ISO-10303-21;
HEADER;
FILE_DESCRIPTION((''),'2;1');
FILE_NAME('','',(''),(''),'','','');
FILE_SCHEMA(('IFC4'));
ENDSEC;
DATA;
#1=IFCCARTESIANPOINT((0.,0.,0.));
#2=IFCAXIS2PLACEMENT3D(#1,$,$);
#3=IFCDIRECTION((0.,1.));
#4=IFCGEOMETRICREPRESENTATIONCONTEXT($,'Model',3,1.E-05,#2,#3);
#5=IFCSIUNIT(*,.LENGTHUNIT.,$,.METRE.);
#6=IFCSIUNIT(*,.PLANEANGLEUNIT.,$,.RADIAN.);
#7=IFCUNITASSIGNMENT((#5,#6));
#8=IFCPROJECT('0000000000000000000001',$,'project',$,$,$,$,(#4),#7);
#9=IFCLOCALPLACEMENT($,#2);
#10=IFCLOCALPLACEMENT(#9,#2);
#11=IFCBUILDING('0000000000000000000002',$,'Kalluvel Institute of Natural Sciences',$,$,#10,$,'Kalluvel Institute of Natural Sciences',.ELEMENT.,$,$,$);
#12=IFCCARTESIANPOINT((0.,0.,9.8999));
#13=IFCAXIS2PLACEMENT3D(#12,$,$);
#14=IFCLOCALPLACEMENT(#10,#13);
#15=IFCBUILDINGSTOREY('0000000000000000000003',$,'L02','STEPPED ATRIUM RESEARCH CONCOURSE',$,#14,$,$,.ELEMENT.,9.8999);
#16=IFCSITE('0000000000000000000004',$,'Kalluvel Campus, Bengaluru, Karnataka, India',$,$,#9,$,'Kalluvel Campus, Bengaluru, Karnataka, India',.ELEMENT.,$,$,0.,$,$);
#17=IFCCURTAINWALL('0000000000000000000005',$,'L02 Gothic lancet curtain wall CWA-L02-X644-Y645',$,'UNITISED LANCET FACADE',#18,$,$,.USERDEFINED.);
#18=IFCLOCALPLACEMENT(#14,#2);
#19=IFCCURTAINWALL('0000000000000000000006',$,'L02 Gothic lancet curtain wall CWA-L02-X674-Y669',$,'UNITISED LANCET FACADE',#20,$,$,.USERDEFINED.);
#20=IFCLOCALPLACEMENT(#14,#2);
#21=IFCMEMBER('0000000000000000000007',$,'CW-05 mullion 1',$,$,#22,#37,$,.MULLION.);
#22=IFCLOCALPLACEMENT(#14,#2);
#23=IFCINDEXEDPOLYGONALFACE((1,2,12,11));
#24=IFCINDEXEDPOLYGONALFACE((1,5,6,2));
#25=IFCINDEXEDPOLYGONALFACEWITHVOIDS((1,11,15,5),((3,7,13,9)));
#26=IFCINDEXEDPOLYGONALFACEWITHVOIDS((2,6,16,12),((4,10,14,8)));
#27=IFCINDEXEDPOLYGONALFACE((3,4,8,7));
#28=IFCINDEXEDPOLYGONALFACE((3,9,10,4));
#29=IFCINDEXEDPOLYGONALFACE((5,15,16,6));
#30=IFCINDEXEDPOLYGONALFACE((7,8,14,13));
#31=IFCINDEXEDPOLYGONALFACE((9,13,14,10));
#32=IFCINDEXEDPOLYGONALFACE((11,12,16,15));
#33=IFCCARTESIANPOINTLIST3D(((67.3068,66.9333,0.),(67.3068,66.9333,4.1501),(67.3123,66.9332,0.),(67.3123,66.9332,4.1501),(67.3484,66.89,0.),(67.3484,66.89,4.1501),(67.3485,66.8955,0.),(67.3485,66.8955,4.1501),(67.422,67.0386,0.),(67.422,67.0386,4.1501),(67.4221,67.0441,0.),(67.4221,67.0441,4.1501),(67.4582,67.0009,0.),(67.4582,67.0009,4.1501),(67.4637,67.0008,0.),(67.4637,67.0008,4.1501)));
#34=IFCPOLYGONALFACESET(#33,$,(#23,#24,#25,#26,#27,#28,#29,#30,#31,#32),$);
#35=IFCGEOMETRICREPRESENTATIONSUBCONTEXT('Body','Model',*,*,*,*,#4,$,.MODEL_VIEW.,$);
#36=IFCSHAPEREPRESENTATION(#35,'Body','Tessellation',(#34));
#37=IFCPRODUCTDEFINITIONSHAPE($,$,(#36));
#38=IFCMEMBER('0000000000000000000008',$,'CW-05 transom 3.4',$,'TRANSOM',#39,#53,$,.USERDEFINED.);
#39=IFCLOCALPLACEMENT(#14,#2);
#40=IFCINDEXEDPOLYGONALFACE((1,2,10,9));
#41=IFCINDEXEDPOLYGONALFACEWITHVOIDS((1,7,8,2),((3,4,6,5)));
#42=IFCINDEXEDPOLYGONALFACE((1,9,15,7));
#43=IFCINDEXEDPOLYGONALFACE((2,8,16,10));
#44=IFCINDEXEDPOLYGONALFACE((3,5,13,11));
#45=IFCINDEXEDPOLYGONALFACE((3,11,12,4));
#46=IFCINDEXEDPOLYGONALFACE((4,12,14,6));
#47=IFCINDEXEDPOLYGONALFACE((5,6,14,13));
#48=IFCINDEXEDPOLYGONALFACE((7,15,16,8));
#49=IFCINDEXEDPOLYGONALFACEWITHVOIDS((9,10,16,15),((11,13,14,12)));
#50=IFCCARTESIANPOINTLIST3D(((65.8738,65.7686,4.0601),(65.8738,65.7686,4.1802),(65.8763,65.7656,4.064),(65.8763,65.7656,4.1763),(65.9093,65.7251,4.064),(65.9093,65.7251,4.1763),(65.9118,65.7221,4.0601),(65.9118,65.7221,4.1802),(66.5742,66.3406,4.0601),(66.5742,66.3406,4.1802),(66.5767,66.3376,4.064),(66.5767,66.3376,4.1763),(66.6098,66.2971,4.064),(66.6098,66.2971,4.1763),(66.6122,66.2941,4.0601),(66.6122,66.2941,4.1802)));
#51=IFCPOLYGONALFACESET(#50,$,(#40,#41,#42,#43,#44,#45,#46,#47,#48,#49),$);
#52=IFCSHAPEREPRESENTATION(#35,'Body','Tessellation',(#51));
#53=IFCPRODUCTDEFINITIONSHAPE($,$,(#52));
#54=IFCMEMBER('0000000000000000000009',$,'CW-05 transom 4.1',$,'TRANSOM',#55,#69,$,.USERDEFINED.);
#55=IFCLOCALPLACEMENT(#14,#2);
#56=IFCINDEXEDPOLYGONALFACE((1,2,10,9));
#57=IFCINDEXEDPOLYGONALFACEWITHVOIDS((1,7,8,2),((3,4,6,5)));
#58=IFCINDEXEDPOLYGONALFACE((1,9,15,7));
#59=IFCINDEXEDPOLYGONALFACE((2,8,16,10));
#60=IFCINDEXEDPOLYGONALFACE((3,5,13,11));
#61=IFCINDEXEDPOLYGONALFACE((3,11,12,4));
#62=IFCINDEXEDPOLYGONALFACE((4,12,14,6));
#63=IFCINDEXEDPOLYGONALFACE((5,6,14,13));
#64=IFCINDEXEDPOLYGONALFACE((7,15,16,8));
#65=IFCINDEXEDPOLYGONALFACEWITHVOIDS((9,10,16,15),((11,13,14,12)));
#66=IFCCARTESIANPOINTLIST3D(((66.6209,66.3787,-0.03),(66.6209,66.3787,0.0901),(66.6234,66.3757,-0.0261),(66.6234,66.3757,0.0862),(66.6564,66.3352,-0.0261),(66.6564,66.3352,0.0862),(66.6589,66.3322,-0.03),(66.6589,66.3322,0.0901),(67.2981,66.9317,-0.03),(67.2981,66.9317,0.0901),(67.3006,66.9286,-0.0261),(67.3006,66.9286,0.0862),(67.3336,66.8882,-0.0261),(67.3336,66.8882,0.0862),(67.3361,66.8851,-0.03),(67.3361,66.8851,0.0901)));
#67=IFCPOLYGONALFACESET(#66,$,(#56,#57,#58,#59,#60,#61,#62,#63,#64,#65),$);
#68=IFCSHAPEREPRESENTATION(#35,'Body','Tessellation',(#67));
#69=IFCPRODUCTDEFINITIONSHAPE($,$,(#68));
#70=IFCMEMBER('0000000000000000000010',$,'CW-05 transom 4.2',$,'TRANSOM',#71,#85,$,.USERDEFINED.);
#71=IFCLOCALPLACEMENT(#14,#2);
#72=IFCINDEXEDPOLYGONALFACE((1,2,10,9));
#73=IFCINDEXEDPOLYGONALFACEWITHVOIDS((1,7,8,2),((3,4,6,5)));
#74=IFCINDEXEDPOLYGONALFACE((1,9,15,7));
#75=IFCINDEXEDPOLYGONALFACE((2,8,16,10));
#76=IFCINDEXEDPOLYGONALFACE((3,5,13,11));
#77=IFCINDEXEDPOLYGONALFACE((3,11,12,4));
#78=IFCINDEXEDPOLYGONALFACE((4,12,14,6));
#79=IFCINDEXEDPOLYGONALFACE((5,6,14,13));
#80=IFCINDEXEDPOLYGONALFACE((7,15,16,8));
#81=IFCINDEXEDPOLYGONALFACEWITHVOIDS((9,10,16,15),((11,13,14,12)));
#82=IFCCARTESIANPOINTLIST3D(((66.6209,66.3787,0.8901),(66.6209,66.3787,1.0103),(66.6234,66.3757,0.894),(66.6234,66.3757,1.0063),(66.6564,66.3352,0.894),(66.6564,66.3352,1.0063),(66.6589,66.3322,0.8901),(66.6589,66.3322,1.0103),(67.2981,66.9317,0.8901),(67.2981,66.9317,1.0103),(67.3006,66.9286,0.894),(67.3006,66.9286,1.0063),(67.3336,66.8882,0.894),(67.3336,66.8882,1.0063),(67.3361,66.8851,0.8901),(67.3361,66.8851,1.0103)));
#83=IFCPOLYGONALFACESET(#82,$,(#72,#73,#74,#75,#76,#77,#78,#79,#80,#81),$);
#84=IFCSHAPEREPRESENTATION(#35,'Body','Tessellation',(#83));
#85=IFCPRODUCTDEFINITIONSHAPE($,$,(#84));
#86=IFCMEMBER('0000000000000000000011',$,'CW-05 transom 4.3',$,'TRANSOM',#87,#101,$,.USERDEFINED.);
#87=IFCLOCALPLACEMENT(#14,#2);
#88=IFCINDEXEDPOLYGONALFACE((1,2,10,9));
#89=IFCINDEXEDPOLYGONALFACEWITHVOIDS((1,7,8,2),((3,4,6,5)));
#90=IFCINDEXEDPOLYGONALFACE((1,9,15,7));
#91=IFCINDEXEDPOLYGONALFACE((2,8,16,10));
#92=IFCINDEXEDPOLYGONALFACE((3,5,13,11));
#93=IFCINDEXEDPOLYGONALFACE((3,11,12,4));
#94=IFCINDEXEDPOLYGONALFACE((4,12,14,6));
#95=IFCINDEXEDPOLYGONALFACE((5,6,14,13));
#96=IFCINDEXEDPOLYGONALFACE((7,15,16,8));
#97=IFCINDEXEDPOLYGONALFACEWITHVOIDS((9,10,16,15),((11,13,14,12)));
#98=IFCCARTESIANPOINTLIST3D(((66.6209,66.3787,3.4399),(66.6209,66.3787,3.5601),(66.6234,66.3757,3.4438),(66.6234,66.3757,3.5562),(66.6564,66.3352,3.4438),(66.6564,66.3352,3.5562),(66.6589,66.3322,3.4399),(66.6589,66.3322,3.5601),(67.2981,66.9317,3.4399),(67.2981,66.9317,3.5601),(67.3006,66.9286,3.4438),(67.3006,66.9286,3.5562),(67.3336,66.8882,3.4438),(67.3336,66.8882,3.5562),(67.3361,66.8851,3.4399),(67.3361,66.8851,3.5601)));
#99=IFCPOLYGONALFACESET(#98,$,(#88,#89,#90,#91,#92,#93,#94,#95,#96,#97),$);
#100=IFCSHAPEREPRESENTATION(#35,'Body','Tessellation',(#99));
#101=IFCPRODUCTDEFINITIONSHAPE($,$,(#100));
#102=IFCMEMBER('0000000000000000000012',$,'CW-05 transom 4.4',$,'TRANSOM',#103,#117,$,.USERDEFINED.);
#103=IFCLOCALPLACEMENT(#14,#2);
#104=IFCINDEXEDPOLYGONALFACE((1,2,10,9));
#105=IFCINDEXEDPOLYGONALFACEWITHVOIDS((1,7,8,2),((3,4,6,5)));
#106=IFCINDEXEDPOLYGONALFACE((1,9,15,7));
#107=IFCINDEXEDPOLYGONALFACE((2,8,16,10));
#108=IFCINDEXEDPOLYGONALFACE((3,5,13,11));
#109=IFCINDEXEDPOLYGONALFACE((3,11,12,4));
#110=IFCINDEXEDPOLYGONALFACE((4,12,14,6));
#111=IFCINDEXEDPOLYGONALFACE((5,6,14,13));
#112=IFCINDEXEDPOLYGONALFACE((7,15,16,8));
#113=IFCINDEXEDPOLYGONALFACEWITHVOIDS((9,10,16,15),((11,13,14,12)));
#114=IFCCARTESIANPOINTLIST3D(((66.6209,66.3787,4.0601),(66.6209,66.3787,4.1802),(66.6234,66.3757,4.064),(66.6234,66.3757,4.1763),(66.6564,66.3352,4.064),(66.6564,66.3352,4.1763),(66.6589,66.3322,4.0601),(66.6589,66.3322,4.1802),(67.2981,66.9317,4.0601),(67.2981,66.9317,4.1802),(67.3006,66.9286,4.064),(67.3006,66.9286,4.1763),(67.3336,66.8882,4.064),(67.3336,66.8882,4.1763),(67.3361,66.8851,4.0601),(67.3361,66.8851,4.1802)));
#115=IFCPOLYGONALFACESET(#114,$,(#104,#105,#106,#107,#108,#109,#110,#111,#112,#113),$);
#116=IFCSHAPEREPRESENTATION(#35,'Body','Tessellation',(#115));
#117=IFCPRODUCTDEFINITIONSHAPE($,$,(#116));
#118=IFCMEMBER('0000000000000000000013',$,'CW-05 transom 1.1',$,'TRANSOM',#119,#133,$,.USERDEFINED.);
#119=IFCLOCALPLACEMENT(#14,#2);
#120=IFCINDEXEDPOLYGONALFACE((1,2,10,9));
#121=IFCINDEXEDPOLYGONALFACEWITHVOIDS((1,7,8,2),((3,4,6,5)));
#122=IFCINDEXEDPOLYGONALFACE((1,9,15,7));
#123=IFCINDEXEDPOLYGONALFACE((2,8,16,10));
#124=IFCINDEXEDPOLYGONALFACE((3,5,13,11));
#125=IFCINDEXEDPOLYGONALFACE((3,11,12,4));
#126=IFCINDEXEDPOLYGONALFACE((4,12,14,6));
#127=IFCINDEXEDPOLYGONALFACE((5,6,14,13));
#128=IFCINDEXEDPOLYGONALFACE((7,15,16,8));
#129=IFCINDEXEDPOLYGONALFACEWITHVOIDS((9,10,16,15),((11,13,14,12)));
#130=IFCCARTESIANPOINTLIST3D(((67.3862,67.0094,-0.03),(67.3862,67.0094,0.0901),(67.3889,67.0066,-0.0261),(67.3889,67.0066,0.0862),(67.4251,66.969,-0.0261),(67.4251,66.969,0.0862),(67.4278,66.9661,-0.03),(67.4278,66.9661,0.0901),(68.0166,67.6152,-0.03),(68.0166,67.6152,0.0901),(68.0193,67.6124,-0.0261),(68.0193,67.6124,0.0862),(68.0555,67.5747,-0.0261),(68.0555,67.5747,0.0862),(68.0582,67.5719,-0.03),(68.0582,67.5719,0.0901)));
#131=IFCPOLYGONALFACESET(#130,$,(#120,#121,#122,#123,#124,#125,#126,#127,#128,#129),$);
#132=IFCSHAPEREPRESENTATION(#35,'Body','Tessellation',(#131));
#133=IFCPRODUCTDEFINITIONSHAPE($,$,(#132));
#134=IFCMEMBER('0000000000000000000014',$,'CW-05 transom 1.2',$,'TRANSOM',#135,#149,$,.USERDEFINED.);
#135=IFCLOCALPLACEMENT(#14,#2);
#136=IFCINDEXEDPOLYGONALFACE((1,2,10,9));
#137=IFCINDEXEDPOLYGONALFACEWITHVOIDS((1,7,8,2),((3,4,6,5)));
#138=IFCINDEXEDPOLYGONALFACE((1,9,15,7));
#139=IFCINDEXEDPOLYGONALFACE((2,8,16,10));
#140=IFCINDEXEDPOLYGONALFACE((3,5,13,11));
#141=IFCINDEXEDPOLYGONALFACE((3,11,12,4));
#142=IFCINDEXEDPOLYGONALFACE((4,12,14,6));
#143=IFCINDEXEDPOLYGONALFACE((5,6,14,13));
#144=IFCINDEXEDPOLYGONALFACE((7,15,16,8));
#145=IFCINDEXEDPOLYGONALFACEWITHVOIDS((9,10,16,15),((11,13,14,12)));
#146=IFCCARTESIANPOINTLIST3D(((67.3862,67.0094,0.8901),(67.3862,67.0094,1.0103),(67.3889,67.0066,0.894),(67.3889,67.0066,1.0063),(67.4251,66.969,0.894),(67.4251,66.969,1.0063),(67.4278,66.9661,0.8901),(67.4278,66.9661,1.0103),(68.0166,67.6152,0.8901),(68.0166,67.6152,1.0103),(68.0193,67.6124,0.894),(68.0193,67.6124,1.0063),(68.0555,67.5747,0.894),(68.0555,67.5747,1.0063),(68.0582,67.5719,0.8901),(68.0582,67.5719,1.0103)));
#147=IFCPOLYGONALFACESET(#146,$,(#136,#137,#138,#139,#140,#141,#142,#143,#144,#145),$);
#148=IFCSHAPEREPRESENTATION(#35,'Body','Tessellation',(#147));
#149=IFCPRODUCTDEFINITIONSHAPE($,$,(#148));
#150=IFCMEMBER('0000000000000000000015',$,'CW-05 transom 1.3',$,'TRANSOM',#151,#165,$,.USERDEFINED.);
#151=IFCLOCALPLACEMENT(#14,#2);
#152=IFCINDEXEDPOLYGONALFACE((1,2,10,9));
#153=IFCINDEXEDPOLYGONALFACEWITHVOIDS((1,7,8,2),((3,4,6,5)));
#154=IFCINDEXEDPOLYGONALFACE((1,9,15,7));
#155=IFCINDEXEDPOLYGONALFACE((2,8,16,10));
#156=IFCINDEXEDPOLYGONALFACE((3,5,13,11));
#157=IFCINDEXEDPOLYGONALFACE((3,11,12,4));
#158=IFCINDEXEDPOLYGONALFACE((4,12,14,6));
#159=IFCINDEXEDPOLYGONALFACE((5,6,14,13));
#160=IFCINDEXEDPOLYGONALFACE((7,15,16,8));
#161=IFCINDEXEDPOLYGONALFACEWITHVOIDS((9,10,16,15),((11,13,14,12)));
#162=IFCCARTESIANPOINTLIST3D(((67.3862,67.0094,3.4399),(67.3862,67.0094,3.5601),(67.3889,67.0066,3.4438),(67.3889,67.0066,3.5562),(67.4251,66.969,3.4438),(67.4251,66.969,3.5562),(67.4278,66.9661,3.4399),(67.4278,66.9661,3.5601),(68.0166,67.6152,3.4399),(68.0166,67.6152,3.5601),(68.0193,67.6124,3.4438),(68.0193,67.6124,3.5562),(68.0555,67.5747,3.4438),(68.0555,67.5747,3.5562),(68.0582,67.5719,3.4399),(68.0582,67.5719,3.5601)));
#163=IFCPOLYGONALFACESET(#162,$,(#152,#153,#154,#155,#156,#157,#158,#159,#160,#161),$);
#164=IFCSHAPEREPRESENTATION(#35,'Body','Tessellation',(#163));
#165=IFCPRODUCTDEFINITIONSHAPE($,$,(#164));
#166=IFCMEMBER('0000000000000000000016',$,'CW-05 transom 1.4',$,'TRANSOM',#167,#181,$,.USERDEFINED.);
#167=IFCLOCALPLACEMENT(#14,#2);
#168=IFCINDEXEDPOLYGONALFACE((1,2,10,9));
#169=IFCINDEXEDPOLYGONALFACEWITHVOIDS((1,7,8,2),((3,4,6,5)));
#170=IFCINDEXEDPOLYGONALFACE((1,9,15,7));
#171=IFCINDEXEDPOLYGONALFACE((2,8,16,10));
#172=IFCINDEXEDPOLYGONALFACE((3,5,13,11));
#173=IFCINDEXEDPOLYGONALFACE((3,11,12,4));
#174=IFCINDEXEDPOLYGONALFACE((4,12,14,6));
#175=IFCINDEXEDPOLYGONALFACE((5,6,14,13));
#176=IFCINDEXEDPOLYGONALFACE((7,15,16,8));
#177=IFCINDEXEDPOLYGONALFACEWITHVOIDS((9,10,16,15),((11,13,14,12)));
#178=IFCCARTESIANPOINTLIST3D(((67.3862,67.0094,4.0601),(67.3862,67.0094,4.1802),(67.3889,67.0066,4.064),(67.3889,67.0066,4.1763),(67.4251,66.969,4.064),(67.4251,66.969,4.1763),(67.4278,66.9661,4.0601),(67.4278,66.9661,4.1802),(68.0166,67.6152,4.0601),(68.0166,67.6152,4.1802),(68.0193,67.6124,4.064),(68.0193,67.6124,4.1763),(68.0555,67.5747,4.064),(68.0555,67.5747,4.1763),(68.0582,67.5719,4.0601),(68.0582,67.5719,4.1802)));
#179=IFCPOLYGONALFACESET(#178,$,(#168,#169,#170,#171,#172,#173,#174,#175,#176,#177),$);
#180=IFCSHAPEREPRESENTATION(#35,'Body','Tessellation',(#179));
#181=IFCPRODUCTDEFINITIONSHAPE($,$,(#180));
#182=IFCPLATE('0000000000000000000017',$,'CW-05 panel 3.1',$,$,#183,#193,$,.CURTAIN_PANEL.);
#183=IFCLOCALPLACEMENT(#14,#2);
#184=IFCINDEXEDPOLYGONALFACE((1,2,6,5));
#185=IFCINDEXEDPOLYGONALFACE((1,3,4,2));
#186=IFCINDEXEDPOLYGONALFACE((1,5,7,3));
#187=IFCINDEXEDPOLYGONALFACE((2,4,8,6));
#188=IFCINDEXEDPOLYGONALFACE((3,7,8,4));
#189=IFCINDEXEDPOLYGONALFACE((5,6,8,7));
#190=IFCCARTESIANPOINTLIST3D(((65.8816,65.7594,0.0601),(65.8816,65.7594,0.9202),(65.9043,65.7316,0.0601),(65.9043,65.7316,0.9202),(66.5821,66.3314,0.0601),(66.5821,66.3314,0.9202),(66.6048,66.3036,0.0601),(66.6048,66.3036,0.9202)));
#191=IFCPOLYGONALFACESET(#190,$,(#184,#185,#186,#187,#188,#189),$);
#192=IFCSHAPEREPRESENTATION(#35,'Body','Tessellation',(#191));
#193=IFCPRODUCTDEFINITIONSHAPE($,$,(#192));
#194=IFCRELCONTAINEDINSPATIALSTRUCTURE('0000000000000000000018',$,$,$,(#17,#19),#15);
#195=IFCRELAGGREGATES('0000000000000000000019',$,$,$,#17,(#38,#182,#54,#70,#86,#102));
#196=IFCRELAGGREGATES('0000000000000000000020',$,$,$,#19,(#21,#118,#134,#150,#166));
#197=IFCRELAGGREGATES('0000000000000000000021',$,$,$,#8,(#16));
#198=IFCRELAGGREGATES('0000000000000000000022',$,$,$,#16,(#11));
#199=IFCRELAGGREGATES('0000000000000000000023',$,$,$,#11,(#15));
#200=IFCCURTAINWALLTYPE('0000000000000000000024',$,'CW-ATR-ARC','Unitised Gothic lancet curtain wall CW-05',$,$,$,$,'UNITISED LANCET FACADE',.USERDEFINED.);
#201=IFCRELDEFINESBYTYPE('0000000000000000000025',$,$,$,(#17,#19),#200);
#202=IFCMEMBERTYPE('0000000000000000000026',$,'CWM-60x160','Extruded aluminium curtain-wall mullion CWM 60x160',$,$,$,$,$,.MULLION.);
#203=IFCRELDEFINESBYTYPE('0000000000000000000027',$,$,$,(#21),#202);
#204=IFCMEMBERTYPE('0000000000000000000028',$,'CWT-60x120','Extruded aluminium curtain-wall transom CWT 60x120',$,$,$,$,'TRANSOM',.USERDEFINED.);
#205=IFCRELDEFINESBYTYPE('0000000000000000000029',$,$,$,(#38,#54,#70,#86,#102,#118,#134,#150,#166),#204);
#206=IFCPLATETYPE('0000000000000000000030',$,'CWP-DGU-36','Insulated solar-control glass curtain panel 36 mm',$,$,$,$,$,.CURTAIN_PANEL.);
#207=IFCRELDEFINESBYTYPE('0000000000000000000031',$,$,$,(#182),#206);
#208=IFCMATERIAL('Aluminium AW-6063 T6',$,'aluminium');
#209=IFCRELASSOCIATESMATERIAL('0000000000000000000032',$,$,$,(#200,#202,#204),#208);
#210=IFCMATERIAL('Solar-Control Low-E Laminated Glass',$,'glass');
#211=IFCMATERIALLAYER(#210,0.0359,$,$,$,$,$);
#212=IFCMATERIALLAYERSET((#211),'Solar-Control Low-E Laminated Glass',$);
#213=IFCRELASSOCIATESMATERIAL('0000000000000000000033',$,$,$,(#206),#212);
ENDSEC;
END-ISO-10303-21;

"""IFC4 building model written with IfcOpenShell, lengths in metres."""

from ifc_helpers import new_model, si_unit, direction, frame, origin, origin_2d, place, context, subcontext, project, spatial, rectangle, hollow_rectangle, extrude, material, layer, layer_set, material_profile, profile_set, type_object, element, aggregate, save


model = new_model("IFC4")

# Units and contexts
model_context = context("Model", 3, precision=1e-05, world=origin(), true_north=direction((0.0, 1.0)))
body_context = subcontext(model_context, "Body", "Model", "MODEL_VIEW")
ifc_project = project(units=[si_unit("LENGTHUNIT", "METRE"), si_unit("PLANEANGLEUNIT", "RADIAN")], contexts=[model_context])

# Site, building, storey
site_placement = place(None, origin())
site = spatial("IfcSite", under=ifc_project, at=site_placement, Name="Kalluvel Campus, Bengaluru, Karnataka, India", LongName="Kalluvel Campus, Bengaluru, Karnataka, India", CompositionType="ELEMENT", RefElevation=0.0)
building_placement = place(site_placement, origin())
building = spatial("IfcBuilding", under=site, at=building_placement, Name="Kalluvel Institute of Natural Sciences", LongName="Kalluvel Institute of Natural Sciences", CompositionType="ELEMENT")
storey_placement = place(building_placement, frame((0.0, 0.0, 9.8999)))
storey = spatial("IfcBuildingStorey", under=building, at=storey_placement, Name="L02", Description="STEPPED ATRIUM RESEARCH CONCOURSE", CompositionType="ELEMENT", Elevation=9.8999)

# Curtain wall
ifc_material_1 = material(Name="Aluminium AW-6063 T6", Category="aluminium")
curtain_wall_type = type_object("IfcCurtainWallType", Name="CW-ATR-ARC", Description="Unitised Gothic lancet curtain wall CW-05", ElementType="UNITISED LANCET FACADE", PredefinedType="USERDEFINED", material=ifc_material_1)
curtain_wall_1_placement = place(storey_placement, origin())
curtain_wall_1 = element("IfcCurtainWall", 1, at=curtain_wall_1_placement, inside=storey, type_object=curtain_wall_type, Name="L02 Gothic lancet curtain wall CWA-L02-X644-Y645", ObjectType="UNITISED LANCET FACADE", PredefinedType="USERDEFINED")
ifc_material_profile_1 = material_profile(ifc_material_1, hollow_rectangle(XDim=0.0601, YDim=0.1599, WallThickness=0.0039, at=origin_2d()), Name="CWM 60x160")
ifc_profile_set_1 = profile_set([ifc_material_profile_1], Name="Aluminium AW-6063 T6")
member_type_1 = type_object("IfcMemberType", Name="CWM-60x160", Description="Extruded aluminium curtain-wall mullion CWM 60x160", PredefinedType="MULLION", material=ifc_profile_set_1)

# Curtain wall, member
curtain_wall_2_placement = place(storey_placement, origin())
curtain_wall_2 = element("IfcCurtainWall", 2, at=curtain_wall_2_placement, inside=storey, type_object=curtain_wall_type, Name="L02 Gothic lancet curtain wall CWA-L02-X674-Y669", ObjectType="UNITISED LANCET FACADE", PredefinedType="USERDEFINED")
member_1_placement = place(storey_placement, frame((67.3853, 66.967, 0.0), z_axis=(0.0, 0.0, 1.0), x_axis=(-0.692731, 0.721196, 0.0)))
member_1 = element("IfcMember", 3, at=member_1_placement, type_object=member_type_1, Name="CW-05 mullion 1", PredefinedType="MULLION", context=body_context, shape_type="SweptSolid", body=[
    extrude(hollow_rectangle(XDim=0.0601, YDim=0.1599, WallThickness=0.0039, at=origin_2d()), origin(), (0.0, 0.0, 1.0), 4.1501),
])

# Members
ifc_material_profile_2 = material_profile(ifc_material_1, hollow_rectangle(XDim=0.0601, YDim=0.1201, WallThickness=0.0039, at=origin_2d()), Name="CWT 60x120")
ifc_profile_set_2 = profile_set([ifc_material_profile_2], Name="Aluminium AW-6063 T6")
member_type_2 = type_object("IfcMemberType", Name="CWT-60x120", Description="Extruded aluminium curtain-wall transom CWT 60x120", ElementType="TRANSOM", PredefinedType="USERDEFINED", material=ifc_profile_set_2)
member_2_placement = place(storey_placement, frame((65.8928, 65.7454, 4.1201), z_axis=(0.774534, 0.632532, 0.0), x_axis=(-0.632532, 0.774534, 0.0)))
member_2 = element("IfcMember", 4, at=member_2_placement, type_object=member_type_2, Name="CW-05 transom 3.4", ObjectType="TRANSOM", PredefinedType="USERDEFINED", context=body_context, shape_type="SweptSolid", body=[
    extrude(hollow_rectangle(XDim=0.0601, YDim=0.1201, WallThickness=0.0039, at=origin_2d()), origin(), (0.0, 0.0, 1.0), 0.9043),
])
member_3_placement = place(storey_placement, frame((66.6399, 66.3555, 0.03), z_axis=(0.774591, 0.632462, 0.0), x_axis=(-0.632462, 0.774591, 0.0)))
member_3 = element("IfcMember", 5, at=member_3_placement, type_object=member_type_2, Name="CW-05 transom 4.1", ObjectType="TRANSOM", PredefinedType="USERDEFINED", context=body_context, shape_type="SweptSolid", body=[
    extrude(hollow_rectangle(XDim=0.0601, YDim=0.1201, WallThickness=0.0039, at=origin_2d()), origin(), (0.0, 0.0, 1.0), 0.8743),
])
member_4_placement = place(storey_placement, frame((66.6399, 66.3555, 0.9502), z_axis=(0.774591, 0.632462, 0.0), x_axis=(-0.632462, 0.774591, 0.0)))
member_4 = element("IfcMember", 6, at=member_4_placement, type_object=member_type_2, Name="CW-05 transom 4.2", ObjectType="TRANSOM", PredefinedType="USERDEFINED", context=body_context, shape_type="SweptSolid", body=[
    extrude(hollow_rectangle(XDim=0.0601, YDim=0.1201, WallThickness=0.0039, at=origin_2d()), origin(), (0.0, 0.0, 1.0), 0.8743),
])
member_5_placement = place(storey_placement, frame((66.6399, 66.3555, 3.5), z_axis=(0.774591, 0.632462, 0.0), x_axis=(-0.632462, 0.774591, 0.0)))
member_5 = element("IfcMember", 7, at=member_5_placement, type_object=member_type_2, Name="CW-05 transom 4.3", ObjectType="TRANSOM", PredefinedType="USERDEFINED", context=body_context, shape_type="SweptSolid", body=[
    extrude(hollow_rectangle(XDim=0.0601, YDim=0.1201, WallThickness=0.0039, at=origin_2d()), origin(), (0.0, 0.0, 1.0), 0.8743),
])
member_6_placement = place(storey_placement, frame((66.6399, 66.3555, 4.1201), z_axis=(0.774591, 0.632462, 0.0), x_axis=(-0.632462, 0.774591, 0.0)))
member_6 = element("IfcMember", 8, at=member_6_placement, type_object=member_type_2, Name="CW-05 transom 4.4", ObjectType="TRANSOM", PredefinedType="USERDEFINED", context=body_context, shape_type="SweptSolid", body=[
    extrude(hollow_rectangle(XDim=0.0601, YDim=0.1201, WallThickness=0.0039, at=origin_2d()), origin(), (0.0, 0.0, 1.0), 0.8743),
])
member_7_placement = place(storey_placement, frame((67.407, 66.9878, 0.03), z_axis=(0.721069, 0.692863, 0.0), x_axis=(-0.692863, 0.721069, 0.0)))
member_7 = element("IfcMember", 9, at=member_7_placement, type_object=member_type_2, Name="CW-05 transom 1.1", ObjectType="TRANSOM", PredefinedType="USERDEFINED", context=body_context, shape_type="SweptSolid", body=[
    extrude(hollow_rectangle(XDim=0.0601, YDim=0.1201, WallThickness=0.0039, at=origin_2d()), origin(), (0.0, 0.0, 1.0), 0.8743),
])
member_8_placement = place(storey_placement, frame((67.407, 66.9878, 0.9502), z_axis=(0.721069, 0.692863, 0.0), x_axis=(-0.692863, 0.721069, 0.0)))
member_8 = element("IfcMember", 10, at=member_8_placement, type_object=member_type_2, Name="CW-05 transom 1.2", ObjectType="TRANSOM", PredefinedType="USERDEFINED", context=body_context, shape_type="SweptSolid", body=[
    extrude(hollow_rectangle(XDim=0.0601, YDim=0.1201, WallThickness=0.0039, at=origin_2d()), origin(), (0.0, 0.0, 1.0), 0.8743),
])
member_9_placement = place(storey_placement, frame((67.407, 66.9878, 3.5), z_axis=(0.721069, 0.692863, 0.0), x_axis=(-0.692863, 0.721069, 0.0)))
member_9 = element("IfcMember", 11, at=member_9_placement, type_object=member_type_2, Name="CW-05 transom 1.3", ObjectType="TRANSOM", PredefinedType="USERDEFINED", context=body_context, shape_type="SweptSolid", body=[
    extrude(hollow_rectangle(XDim=0.0601, YDim=0.1201, WallThickness=0.0039, at=origin_2d()), origin(), (0.0, 0.0, 1.0), 0.8743),
])
member_10_placement = place(storey_placement, frame((67.407, 66.9878, 4.1201), z_axis=(0.721069, 0.692863, 0.0), x_axis=(-0.692863, 0.721069, 0.0)))
member_10 = element("IfcMember", 12, at=member_10_placement, type_object=member_type_2, Name="CW-05 transom 1.4", ObjectType="TRANSOM", PredefinedType="USERDEFINED", context=body_context, shape_type="SweptSolid", body=[
    extrude(hollow_rectangle(XDim=0.0601, YDim=0.1201, WallThickness=0.0039, at=origin_2d()), origin(), (0.0, 0.0, 1.0), 0.8743),
])

# Plate
ifc_material_2 = material(Name="Solar-Control Low-E Laminated Glass", Category="glass")
ifc_layer = layer(ifc_material_2, 0.0359)
ifc_layer_set = layer_set([ifc_layer], Name="Solar-Control Low-E Laminated Glass")
plate_type = type_object("IfcPlateType", Name="CWP-DGU-36", Description="Insulated solar-control glass curtain panel 36 mm", PredefinedType="CURTAIN_PANEL", material=ifc_layer_set)
plate_1_placement = place(storey_placement, frame((66.2432, 66.0315, 0.0601), z_axis=(0.0, 0.0, 1.0), x_axis=(0.774608, 0.632441, 0.0)))
plate_1 = element("IfcPlate", 13, at=plate_1_placement, type_object=plate_type, Name="CW-05 panel 3.1", PredefinedType="CURTAIN_PANEL", context=body_context, shape_type="SweptSolid", body=[
    extrude(rectangle(XDim=0.9043, YDim=0.0359, at=origin_2d()), origin(), (0.0, 0.0, 1.0), 0.8601),
])
aggregate(curtain_wall_1, [member_2, plate_1, member_3, member_4, member_5, member_6])
aggregate(curtain_wall_2, [member_1, member_7, member_8, member_9, member_10])

save(model, "model.ifc")
